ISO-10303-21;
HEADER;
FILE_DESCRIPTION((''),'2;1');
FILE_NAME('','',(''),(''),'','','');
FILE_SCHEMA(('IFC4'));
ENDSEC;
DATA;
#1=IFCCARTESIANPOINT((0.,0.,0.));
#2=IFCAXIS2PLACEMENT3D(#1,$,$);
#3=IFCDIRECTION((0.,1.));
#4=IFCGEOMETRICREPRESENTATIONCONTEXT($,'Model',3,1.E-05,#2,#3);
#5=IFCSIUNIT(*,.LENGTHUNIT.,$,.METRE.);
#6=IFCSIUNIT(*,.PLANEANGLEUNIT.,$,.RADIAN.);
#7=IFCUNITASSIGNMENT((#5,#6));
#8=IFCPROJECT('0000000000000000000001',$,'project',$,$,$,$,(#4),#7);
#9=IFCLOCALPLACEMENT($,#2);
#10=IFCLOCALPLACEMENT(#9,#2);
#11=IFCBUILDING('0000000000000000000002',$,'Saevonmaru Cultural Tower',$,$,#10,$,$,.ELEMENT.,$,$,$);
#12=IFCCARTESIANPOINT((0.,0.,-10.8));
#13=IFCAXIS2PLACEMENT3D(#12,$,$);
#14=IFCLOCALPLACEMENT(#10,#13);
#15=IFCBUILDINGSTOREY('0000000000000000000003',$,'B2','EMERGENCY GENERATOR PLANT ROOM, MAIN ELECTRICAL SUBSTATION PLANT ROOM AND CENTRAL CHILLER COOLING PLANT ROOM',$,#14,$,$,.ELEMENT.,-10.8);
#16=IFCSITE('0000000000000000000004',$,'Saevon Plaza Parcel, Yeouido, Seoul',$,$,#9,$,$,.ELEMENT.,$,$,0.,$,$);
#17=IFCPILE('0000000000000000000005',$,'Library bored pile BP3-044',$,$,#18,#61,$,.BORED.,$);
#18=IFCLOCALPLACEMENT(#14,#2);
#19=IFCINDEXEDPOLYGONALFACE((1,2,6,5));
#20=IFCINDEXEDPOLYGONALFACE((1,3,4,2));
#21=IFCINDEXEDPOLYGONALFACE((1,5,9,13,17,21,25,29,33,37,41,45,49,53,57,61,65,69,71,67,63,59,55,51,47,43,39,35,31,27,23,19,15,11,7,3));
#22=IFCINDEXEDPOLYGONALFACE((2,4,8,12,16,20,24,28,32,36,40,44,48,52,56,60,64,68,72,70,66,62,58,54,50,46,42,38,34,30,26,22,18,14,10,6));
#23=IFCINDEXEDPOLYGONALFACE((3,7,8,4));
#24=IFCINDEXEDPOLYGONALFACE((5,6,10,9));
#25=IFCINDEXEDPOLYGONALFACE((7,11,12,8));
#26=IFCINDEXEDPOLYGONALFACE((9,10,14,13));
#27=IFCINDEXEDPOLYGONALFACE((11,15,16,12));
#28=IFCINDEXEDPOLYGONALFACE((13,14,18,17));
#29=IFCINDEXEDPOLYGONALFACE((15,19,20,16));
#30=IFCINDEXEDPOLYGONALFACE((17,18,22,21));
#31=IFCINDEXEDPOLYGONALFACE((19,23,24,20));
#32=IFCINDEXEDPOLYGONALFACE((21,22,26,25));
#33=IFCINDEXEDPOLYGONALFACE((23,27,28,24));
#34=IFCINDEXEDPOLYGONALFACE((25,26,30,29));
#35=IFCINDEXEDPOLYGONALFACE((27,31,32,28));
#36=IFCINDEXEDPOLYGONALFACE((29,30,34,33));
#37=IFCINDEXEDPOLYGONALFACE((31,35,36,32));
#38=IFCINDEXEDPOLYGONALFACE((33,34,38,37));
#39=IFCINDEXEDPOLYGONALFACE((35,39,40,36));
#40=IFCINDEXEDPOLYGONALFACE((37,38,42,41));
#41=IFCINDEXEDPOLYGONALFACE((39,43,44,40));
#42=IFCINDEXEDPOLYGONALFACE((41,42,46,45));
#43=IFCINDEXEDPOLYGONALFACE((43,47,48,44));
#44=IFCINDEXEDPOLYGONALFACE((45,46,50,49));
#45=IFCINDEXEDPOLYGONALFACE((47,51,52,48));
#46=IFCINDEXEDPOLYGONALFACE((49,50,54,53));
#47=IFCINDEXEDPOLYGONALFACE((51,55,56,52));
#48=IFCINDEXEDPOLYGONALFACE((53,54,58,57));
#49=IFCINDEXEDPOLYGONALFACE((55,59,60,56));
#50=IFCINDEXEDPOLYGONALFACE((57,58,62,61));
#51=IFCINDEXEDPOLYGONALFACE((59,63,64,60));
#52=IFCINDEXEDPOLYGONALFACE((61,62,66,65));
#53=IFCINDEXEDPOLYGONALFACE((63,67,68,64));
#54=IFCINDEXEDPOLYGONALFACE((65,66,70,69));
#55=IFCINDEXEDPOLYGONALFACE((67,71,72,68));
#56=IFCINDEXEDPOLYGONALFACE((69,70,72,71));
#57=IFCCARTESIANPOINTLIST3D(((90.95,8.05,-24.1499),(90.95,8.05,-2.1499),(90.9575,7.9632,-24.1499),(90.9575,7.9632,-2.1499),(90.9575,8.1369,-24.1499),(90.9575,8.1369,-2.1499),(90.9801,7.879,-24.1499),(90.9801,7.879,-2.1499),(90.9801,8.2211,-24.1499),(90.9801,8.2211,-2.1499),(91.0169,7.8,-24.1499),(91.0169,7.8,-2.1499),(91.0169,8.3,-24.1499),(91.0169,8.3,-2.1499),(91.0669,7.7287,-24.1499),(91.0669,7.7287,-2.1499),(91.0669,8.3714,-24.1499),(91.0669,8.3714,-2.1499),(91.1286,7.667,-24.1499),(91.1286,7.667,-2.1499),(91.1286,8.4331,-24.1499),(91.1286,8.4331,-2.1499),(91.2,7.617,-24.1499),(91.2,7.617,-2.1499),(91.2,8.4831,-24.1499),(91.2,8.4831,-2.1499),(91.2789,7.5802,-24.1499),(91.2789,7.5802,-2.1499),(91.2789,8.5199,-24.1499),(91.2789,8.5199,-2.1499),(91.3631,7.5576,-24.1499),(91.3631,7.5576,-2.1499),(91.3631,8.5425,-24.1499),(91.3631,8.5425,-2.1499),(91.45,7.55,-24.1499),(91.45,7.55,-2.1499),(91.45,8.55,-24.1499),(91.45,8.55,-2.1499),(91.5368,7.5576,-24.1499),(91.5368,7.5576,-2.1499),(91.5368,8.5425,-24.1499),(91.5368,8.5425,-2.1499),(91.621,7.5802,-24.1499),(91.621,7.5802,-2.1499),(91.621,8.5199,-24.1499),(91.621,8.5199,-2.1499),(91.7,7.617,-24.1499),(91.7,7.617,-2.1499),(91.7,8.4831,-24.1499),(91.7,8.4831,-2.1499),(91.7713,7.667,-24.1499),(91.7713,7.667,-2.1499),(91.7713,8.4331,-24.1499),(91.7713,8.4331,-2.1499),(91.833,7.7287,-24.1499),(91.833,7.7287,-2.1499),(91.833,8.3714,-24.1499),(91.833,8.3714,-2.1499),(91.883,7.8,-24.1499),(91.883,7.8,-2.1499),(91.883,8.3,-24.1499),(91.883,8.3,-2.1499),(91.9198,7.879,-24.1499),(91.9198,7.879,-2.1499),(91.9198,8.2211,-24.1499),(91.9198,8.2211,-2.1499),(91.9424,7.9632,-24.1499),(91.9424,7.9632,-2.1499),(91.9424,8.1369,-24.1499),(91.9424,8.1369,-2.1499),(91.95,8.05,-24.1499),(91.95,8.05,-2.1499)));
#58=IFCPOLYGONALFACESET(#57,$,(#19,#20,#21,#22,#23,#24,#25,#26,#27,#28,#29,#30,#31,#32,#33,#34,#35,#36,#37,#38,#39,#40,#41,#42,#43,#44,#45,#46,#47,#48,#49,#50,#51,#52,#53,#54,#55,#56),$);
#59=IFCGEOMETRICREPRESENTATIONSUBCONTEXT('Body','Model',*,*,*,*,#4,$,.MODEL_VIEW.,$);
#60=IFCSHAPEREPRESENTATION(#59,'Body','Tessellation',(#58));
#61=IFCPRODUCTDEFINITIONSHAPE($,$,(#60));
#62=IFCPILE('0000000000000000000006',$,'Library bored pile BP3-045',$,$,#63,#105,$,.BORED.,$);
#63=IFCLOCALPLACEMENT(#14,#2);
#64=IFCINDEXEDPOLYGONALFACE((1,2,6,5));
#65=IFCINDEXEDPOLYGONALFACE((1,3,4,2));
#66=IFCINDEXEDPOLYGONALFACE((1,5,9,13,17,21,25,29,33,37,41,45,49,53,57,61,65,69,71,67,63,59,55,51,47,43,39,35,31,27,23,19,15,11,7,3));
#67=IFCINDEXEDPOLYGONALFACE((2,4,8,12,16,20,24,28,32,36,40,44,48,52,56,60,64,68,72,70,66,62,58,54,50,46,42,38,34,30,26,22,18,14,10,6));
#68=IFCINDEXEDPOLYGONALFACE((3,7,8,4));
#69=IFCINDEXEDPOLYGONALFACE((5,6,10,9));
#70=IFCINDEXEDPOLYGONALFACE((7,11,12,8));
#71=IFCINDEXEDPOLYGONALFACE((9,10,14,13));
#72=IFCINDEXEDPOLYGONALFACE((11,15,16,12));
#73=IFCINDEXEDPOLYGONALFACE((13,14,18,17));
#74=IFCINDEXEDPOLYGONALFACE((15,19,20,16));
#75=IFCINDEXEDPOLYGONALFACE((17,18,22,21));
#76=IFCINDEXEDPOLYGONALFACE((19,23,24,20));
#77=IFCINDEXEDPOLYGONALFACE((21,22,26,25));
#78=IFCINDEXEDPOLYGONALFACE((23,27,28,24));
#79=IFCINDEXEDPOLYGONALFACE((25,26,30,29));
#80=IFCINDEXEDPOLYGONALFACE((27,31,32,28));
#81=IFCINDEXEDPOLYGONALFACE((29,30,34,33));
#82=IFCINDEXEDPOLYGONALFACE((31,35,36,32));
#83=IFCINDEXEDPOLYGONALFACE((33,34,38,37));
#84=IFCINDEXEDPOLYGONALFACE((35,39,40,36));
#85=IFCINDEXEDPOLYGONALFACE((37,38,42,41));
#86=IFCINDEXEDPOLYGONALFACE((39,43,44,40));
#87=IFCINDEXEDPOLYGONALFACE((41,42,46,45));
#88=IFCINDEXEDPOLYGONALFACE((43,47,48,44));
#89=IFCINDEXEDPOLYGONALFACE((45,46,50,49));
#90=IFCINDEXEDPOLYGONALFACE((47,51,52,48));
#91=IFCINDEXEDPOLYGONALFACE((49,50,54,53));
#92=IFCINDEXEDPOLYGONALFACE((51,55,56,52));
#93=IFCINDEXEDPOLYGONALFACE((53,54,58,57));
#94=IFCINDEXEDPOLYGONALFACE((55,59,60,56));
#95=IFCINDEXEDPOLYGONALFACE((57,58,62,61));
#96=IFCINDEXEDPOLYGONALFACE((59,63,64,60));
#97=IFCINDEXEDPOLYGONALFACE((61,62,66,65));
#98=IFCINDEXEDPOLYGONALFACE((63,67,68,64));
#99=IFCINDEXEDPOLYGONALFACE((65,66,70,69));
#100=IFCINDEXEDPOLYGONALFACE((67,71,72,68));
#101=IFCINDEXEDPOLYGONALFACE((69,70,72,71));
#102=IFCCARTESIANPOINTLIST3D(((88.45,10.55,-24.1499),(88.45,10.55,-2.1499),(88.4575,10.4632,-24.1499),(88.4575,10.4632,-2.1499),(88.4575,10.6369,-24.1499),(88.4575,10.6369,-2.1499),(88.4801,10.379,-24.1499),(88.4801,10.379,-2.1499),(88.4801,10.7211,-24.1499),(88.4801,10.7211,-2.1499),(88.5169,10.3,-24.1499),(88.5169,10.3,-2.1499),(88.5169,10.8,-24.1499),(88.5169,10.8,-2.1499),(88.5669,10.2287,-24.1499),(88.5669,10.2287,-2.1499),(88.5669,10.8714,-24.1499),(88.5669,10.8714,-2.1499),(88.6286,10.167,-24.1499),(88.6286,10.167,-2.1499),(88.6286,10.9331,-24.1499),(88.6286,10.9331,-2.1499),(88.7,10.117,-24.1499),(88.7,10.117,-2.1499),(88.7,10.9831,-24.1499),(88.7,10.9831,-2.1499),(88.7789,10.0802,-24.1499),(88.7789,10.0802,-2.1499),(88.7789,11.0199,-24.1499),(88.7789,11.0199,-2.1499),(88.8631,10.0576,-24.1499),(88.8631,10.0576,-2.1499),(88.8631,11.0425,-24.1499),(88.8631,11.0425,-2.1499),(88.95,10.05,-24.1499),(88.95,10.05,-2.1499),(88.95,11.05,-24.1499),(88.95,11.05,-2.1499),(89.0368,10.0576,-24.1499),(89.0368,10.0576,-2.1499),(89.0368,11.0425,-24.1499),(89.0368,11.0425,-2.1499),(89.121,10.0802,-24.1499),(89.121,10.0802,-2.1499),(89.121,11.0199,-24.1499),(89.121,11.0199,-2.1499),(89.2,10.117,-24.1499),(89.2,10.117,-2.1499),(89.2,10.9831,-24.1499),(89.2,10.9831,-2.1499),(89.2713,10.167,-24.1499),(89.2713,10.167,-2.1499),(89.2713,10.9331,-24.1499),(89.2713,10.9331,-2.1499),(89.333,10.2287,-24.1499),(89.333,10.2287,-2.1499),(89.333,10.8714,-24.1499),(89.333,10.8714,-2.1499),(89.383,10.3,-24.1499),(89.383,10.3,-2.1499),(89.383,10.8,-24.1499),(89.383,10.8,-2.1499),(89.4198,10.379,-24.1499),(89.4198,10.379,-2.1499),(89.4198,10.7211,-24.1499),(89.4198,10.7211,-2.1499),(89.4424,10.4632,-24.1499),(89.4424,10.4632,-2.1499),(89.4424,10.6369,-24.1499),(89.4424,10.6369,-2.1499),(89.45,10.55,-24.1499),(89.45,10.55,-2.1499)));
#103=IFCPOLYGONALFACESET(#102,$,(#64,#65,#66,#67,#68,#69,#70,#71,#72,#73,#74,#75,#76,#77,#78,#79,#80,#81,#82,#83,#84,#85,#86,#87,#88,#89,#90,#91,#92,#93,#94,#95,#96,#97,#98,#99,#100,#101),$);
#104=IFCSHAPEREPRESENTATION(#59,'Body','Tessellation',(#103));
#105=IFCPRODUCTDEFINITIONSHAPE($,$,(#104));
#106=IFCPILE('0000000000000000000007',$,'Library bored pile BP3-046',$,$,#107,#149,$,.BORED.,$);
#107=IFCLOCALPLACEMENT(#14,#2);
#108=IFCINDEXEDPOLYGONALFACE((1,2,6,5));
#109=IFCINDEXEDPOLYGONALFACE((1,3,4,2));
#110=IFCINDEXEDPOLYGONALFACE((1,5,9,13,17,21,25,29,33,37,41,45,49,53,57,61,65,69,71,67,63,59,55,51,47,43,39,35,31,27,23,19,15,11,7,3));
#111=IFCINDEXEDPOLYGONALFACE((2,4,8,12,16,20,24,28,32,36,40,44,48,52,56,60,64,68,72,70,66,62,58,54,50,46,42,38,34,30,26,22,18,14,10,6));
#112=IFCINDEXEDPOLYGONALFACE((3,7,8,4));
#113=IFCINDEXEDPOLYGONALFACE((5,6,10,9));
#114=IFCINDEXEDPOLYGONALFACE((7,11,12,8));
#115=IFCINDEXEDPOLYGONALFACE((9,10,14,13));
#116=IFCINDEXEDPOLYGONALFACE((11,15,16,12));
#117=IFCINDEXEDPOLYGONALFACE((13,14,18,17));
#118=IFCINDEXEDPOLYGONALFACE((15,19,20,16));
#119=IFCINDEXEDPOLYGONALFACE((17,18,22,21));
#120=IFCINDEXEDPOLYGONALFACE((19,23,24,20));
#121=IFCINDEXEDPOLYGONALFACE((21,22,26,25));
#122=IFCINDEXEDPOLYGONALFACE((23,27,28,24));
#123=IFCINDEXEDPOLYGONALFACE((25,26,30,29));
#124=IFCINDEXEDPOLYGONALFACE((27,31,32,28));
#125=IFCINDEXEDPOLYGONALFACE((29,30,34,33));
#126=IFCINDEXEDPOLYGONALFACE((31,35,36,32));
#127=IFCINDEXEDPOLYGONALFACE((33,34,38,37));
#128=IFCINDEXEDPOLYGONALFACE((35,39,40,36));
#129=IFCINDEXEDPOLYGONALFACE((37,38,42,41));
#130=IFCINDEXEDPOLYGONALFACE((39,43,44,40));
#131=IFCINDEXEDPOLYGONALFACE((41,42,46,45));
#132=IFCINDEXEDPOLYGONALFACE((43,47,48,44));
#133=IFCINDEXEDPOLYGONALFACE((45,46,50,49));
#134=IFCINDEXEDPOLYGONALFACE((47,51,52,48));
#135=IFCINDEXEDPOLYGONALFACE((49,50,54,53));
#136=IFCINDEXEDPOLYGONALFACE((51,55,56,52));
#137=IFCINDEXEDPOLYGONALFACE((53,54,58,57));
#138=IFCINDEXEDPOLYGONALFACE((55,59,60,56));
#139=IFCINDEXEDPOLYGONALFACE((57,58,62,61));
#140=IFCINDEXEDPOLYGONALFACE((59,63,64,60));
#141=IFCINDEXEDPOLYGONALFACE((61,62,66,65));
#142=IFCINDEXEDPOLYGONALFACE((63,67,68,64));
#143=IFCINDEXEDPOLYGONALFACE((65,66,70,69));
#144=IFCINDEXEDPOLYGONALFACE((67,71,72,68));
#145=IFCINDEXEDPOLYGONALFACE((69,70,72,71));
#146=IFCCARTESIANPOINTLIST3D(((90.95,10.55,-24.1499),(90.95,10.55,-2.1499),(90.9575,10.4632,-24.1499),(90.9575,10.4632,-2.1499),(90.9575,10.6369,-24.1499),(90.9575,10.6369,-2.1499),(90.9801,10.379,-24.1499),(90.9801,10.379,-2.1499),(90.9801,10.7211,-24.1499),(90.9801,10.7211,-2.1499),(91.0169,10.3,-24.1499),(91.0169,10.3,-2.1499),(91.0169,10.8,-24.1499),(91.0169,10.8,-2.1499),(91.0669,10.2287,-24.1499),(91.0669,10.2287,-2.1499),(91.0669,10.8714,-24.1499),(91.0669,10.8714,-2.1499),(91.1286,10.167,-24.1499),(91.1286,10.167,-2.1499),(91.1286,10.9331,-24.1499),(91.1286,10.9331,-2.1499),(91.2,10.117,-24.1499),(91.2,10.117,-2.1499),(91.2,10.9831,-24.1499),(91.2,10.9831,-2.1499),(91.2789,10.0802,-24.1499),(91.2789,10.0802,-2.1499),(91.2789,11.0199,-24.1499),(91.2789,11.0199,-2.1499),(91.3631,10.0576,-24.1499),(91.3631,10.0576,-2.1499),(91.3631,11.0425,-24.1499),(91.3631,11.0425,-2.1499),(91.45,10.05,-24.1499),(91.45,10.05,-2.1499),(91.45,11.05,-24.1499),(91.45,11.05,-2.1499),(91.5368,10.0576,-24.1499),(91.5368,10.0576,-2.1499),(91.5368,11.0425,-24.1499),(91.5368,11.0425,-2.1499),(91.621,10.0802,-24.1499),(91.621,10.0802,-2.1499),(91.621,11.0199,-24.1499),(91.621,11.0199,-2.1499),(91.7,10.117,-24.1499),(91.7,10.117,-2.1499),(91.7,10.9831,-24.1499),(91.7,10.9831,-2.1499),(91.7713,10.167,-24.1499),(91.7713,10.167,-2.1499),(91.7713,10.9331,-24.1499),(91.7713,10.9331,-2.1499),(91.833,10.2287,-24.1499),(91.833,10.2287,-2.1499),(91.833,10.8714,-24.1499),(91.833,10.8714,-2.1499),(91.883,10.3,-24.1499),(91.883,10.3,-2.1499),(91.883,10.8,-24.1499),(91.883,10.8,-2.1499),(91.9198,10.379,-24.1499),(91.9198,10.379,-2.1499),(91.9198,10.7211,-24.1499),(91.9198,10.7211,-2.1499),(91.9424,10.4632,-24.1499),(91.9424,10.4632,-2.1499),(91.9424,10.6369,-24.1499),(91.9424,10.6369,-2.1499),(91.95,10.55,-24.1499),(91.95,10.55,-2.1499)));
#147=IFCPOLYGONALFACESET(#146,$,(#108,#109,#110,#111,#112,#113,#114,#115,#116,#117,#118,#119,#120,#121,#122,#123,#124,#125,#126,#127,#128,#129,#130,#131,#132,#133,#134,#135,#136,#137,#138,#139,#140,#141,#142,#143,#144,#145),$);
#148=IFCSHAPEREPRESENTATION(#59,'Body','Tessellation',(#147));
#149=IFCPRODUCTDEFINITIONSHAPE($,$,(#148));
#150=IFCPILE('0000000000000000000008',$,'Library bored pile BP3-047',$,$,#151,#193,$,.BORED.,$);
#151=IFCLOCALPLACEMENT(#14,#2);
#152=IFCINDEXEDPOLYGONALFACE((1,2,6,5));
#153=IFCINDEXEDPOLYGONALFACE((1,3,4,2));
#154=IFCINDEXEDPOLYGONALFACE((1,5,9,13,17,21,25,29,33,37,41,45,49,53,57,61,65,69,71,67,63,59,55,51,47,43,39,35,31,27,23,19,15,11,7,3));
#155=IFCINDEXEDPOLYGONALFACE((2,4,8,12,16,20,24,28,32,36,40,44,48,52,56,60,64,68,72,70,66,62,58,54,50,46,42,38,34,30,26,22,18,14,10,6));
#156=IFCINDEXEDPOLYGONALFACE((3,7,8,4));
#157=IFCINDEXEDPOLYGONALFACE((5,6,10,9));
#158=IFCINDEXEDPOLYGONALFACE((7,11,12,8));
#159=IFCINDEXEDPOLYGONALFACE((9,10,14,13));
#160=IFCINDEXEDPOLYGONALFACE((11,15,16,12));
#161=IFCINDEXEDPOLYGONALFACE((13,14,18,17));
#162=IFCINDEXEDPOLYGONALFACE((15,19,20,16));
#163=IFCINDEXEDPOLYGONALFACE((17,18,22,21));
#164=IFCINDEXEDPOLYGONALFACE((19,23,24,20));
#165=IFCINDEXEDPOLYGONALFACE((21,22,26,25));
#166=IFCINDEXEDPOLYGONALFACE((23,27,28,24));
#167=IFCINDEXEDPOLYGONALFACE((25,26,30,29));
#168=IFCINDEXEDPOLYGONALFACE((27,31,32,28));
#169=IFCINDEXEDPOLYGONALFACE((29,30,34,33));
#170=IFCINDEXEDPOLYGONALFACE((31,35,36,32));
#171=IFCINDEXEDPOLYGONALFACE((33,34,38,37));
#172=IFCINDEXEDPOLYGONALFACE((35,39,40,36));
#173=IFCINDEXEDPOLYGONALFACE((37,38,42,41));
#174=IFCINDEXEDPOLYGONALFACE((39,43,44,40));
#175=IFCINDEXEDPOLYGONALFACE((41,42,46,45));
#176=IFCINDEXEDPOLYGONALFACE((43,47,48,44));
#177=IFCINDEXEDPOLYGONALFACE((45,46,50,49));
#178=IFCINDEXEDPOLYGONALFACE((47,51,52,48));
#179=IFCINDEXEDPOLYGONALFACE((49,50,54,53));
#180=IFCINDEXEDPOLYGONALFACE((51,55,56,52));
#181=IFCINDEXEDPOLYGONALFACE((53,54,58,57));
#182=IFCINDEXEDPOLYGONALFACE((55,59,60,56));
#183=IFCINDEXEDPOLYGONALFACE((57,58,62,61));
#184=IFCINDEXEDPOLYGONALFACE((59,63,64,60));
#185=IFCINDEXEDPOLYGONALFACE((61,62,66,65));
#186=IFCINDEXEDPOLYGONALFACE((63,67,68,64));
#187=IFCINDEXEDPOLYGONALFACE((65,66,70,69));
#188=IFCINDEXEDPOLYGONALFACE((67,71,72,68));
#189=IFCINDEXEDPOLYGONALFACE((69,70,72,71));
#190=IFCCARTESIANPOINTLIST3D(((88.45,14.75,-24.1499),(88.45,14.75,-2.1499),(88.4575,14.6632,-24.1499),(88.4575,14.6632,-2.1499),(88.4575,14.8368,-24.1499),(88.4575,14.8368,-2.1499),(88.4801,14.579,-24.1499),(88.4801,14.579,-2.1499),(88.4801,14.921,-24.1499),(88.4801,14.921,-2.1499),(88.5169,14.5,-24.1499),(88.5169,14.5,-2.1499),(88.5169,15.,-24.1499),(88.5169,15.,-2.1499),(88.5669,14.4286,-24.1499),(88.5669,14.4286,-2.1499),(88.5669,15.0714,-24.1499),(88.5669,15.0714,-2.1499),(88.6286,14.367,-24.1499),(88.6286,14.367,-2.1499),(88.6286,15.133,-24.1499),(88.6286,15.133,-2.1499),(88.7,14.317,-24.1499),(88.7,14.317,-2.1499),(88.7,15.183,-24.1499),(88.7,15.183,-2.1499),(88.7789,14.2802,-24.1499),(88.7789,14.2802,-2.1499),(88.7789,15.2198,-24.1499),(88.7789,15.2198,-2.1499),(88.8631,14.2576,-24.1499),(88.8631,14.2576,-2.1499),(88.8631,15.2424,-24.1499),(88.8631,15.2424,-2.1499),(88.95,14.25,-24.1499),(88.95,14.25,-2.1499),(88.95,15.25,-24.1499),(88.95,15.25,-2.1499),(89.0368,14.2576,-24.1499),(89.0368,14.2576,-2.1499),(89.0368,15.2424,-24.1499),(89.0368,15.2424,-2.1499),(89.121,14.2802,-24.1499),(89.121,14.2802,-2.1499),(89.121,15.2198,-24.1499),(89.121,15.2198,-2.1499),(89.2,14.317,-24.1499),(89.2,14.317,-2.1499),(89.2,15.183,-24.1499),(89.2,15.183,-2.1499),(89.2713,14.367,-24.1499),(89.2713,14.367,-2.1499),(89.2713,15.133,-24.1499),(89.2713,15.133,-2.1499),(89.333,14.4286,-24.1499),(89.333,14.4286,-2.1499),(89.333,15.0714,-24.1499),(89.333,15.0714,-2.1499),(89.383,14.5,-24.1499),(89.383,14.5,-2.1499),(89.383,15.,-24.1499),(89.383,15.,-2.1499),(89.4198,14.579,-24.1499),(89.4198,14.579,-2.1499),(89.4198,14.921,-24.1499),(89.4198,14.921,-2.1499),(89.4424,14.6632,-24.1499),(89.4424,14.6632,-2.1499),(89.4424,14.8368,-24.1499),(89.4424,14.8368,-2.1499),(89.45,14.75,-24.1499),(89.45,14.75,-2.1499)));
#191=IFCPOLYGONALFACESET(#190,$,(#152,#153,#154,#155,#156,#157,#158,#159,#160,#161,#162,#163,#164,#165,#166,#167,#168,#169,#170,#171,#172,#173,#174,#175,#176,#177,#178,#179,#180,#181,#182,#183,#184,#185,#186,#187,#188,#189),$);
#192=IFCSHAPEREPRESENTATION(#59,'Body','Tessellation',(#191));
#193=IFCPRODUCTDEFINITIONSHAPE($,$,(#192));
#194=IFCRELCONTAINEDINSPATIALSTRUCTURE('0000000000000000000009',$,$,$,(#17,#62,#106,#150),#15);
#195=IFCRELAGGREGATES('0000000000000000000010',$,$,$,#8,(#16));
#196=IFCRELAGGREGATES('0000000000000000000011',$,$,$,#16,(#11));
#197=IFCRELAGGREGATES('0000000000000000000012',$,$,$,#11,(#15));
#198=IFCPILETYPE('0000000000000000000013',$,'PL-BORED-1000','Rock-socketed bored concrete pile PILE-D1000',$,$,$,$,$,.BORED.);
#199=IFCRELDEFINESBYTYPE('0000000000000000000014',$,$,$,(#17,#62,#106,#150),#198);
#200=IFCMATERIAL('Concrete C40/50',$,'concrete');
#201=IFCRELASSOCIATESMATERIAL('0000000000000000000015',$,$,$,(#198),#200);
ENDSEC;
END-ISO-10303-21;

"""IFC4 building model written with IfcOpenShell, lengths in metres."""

from ifc_helpers import new_model, si_unit, direction, frame, origin, origin_2d, place, context, subcontext, project, spatial, circle, extrude, material, material_profile, profile_set, type_object, element, save


model = new_model("IFC4")

# Units and contexts
model_context = context("Model", 3, precision=1e-05, world=origin(), true_north=direction((0.0, 1.0)))
body_context = subcontext(model_context, "Body", "Model", "MODEL_VIEW")
ifc_project = project(units=[si_unit("LENGTHUNIT", "METRE"), si_unit("PLANEANGLEUNIT", "RADIAN")], contexts=[model_context])

# Site, building, storey
site_placement = place(None, origin())
site = spatial("IfcSite", under=ifc_project, at=site_placement, Name="Saevon Plaza Parcel, Yeouido, Seoul", CompositionType="ELEMENT", RefElevation=0.0)
building_placement = place(site_placement, origin())
building = spatial("IfcBuilding", under=site, at=building_placement, Name="Saevonmaru Cultural Tower", CompositionType="ELEMENT")
storey_placement = place(building_placement, frame((0.0, 0.0, -10.8)))
storey = spatial("IfcBuildingStorey", under=building, at=storey_placement, Name="B2", Description="EMERGENCY GENERATOR PLANT ROOM, MAIN ELECTRICAL SUBSTATION PLANT ROOM AND CENTRAL CHILLER COOLING PLANT ROOM", CompositionType="ELEMENT", Elevation=-10.8)

# Piles
ifc_material_1 = material(Name="Concrete C40/50", Category="concrete")
ifc_material_profile_1 = material_profile(ifc_material_1, circle(Radius=0.5, at=origin_2d()), Name="PILE-D1000")
ifc_profile_set_1 = profile_set([ifc_material_profile_1], Name="Concrete C40/50")
pile_type = type_object("IfcPileType", Name="PL-BORED-1000", Description="Rock-socketed bored concrete pile PILE-D1000", PredefinedType="BORED", material=ifc_profile_set_1)
for number, where, z_axis, x_axis, name in (
    (1, (91.45, 8.05, -2.1499), (0.0, 0.0, -1.0), (1.0, 0.0, 0.0), "Library bored pile BP3-044"),
    (2, (88.95, 10.55, -2.1499), (0.0, 0.0, -1.0), (1.0, 0.0, 0.0), "Library bored pile BP3-045"),
    (3, (91.45, 10.55, -2.1499), (0.0, 0.0, -1.0), (1.0, 0.0, 0.0), "Library bored pile BP3-046"),
    (4, (88.95, 14.75, -2.1499), (0.0, 0.0, -1.0), (1.0, 0.0, 0.0), "Library bored pile BP3-047"),
):
    element("IfcPile", number, at=place(storey_placement, frame(where, z_axis=z_axis, x_axis=x_axis)), inside=storey, type_object=pile_type, Name=name, PredefinedType="BORED", context=body_context, shape_type="SweptSolid", body=[
        extrude(circle(Radius=0.5, at=origin_2d()), origin(), (0.0, 0.0, 1.0), 22.0),
    ])

save(model, "model.ifc")
